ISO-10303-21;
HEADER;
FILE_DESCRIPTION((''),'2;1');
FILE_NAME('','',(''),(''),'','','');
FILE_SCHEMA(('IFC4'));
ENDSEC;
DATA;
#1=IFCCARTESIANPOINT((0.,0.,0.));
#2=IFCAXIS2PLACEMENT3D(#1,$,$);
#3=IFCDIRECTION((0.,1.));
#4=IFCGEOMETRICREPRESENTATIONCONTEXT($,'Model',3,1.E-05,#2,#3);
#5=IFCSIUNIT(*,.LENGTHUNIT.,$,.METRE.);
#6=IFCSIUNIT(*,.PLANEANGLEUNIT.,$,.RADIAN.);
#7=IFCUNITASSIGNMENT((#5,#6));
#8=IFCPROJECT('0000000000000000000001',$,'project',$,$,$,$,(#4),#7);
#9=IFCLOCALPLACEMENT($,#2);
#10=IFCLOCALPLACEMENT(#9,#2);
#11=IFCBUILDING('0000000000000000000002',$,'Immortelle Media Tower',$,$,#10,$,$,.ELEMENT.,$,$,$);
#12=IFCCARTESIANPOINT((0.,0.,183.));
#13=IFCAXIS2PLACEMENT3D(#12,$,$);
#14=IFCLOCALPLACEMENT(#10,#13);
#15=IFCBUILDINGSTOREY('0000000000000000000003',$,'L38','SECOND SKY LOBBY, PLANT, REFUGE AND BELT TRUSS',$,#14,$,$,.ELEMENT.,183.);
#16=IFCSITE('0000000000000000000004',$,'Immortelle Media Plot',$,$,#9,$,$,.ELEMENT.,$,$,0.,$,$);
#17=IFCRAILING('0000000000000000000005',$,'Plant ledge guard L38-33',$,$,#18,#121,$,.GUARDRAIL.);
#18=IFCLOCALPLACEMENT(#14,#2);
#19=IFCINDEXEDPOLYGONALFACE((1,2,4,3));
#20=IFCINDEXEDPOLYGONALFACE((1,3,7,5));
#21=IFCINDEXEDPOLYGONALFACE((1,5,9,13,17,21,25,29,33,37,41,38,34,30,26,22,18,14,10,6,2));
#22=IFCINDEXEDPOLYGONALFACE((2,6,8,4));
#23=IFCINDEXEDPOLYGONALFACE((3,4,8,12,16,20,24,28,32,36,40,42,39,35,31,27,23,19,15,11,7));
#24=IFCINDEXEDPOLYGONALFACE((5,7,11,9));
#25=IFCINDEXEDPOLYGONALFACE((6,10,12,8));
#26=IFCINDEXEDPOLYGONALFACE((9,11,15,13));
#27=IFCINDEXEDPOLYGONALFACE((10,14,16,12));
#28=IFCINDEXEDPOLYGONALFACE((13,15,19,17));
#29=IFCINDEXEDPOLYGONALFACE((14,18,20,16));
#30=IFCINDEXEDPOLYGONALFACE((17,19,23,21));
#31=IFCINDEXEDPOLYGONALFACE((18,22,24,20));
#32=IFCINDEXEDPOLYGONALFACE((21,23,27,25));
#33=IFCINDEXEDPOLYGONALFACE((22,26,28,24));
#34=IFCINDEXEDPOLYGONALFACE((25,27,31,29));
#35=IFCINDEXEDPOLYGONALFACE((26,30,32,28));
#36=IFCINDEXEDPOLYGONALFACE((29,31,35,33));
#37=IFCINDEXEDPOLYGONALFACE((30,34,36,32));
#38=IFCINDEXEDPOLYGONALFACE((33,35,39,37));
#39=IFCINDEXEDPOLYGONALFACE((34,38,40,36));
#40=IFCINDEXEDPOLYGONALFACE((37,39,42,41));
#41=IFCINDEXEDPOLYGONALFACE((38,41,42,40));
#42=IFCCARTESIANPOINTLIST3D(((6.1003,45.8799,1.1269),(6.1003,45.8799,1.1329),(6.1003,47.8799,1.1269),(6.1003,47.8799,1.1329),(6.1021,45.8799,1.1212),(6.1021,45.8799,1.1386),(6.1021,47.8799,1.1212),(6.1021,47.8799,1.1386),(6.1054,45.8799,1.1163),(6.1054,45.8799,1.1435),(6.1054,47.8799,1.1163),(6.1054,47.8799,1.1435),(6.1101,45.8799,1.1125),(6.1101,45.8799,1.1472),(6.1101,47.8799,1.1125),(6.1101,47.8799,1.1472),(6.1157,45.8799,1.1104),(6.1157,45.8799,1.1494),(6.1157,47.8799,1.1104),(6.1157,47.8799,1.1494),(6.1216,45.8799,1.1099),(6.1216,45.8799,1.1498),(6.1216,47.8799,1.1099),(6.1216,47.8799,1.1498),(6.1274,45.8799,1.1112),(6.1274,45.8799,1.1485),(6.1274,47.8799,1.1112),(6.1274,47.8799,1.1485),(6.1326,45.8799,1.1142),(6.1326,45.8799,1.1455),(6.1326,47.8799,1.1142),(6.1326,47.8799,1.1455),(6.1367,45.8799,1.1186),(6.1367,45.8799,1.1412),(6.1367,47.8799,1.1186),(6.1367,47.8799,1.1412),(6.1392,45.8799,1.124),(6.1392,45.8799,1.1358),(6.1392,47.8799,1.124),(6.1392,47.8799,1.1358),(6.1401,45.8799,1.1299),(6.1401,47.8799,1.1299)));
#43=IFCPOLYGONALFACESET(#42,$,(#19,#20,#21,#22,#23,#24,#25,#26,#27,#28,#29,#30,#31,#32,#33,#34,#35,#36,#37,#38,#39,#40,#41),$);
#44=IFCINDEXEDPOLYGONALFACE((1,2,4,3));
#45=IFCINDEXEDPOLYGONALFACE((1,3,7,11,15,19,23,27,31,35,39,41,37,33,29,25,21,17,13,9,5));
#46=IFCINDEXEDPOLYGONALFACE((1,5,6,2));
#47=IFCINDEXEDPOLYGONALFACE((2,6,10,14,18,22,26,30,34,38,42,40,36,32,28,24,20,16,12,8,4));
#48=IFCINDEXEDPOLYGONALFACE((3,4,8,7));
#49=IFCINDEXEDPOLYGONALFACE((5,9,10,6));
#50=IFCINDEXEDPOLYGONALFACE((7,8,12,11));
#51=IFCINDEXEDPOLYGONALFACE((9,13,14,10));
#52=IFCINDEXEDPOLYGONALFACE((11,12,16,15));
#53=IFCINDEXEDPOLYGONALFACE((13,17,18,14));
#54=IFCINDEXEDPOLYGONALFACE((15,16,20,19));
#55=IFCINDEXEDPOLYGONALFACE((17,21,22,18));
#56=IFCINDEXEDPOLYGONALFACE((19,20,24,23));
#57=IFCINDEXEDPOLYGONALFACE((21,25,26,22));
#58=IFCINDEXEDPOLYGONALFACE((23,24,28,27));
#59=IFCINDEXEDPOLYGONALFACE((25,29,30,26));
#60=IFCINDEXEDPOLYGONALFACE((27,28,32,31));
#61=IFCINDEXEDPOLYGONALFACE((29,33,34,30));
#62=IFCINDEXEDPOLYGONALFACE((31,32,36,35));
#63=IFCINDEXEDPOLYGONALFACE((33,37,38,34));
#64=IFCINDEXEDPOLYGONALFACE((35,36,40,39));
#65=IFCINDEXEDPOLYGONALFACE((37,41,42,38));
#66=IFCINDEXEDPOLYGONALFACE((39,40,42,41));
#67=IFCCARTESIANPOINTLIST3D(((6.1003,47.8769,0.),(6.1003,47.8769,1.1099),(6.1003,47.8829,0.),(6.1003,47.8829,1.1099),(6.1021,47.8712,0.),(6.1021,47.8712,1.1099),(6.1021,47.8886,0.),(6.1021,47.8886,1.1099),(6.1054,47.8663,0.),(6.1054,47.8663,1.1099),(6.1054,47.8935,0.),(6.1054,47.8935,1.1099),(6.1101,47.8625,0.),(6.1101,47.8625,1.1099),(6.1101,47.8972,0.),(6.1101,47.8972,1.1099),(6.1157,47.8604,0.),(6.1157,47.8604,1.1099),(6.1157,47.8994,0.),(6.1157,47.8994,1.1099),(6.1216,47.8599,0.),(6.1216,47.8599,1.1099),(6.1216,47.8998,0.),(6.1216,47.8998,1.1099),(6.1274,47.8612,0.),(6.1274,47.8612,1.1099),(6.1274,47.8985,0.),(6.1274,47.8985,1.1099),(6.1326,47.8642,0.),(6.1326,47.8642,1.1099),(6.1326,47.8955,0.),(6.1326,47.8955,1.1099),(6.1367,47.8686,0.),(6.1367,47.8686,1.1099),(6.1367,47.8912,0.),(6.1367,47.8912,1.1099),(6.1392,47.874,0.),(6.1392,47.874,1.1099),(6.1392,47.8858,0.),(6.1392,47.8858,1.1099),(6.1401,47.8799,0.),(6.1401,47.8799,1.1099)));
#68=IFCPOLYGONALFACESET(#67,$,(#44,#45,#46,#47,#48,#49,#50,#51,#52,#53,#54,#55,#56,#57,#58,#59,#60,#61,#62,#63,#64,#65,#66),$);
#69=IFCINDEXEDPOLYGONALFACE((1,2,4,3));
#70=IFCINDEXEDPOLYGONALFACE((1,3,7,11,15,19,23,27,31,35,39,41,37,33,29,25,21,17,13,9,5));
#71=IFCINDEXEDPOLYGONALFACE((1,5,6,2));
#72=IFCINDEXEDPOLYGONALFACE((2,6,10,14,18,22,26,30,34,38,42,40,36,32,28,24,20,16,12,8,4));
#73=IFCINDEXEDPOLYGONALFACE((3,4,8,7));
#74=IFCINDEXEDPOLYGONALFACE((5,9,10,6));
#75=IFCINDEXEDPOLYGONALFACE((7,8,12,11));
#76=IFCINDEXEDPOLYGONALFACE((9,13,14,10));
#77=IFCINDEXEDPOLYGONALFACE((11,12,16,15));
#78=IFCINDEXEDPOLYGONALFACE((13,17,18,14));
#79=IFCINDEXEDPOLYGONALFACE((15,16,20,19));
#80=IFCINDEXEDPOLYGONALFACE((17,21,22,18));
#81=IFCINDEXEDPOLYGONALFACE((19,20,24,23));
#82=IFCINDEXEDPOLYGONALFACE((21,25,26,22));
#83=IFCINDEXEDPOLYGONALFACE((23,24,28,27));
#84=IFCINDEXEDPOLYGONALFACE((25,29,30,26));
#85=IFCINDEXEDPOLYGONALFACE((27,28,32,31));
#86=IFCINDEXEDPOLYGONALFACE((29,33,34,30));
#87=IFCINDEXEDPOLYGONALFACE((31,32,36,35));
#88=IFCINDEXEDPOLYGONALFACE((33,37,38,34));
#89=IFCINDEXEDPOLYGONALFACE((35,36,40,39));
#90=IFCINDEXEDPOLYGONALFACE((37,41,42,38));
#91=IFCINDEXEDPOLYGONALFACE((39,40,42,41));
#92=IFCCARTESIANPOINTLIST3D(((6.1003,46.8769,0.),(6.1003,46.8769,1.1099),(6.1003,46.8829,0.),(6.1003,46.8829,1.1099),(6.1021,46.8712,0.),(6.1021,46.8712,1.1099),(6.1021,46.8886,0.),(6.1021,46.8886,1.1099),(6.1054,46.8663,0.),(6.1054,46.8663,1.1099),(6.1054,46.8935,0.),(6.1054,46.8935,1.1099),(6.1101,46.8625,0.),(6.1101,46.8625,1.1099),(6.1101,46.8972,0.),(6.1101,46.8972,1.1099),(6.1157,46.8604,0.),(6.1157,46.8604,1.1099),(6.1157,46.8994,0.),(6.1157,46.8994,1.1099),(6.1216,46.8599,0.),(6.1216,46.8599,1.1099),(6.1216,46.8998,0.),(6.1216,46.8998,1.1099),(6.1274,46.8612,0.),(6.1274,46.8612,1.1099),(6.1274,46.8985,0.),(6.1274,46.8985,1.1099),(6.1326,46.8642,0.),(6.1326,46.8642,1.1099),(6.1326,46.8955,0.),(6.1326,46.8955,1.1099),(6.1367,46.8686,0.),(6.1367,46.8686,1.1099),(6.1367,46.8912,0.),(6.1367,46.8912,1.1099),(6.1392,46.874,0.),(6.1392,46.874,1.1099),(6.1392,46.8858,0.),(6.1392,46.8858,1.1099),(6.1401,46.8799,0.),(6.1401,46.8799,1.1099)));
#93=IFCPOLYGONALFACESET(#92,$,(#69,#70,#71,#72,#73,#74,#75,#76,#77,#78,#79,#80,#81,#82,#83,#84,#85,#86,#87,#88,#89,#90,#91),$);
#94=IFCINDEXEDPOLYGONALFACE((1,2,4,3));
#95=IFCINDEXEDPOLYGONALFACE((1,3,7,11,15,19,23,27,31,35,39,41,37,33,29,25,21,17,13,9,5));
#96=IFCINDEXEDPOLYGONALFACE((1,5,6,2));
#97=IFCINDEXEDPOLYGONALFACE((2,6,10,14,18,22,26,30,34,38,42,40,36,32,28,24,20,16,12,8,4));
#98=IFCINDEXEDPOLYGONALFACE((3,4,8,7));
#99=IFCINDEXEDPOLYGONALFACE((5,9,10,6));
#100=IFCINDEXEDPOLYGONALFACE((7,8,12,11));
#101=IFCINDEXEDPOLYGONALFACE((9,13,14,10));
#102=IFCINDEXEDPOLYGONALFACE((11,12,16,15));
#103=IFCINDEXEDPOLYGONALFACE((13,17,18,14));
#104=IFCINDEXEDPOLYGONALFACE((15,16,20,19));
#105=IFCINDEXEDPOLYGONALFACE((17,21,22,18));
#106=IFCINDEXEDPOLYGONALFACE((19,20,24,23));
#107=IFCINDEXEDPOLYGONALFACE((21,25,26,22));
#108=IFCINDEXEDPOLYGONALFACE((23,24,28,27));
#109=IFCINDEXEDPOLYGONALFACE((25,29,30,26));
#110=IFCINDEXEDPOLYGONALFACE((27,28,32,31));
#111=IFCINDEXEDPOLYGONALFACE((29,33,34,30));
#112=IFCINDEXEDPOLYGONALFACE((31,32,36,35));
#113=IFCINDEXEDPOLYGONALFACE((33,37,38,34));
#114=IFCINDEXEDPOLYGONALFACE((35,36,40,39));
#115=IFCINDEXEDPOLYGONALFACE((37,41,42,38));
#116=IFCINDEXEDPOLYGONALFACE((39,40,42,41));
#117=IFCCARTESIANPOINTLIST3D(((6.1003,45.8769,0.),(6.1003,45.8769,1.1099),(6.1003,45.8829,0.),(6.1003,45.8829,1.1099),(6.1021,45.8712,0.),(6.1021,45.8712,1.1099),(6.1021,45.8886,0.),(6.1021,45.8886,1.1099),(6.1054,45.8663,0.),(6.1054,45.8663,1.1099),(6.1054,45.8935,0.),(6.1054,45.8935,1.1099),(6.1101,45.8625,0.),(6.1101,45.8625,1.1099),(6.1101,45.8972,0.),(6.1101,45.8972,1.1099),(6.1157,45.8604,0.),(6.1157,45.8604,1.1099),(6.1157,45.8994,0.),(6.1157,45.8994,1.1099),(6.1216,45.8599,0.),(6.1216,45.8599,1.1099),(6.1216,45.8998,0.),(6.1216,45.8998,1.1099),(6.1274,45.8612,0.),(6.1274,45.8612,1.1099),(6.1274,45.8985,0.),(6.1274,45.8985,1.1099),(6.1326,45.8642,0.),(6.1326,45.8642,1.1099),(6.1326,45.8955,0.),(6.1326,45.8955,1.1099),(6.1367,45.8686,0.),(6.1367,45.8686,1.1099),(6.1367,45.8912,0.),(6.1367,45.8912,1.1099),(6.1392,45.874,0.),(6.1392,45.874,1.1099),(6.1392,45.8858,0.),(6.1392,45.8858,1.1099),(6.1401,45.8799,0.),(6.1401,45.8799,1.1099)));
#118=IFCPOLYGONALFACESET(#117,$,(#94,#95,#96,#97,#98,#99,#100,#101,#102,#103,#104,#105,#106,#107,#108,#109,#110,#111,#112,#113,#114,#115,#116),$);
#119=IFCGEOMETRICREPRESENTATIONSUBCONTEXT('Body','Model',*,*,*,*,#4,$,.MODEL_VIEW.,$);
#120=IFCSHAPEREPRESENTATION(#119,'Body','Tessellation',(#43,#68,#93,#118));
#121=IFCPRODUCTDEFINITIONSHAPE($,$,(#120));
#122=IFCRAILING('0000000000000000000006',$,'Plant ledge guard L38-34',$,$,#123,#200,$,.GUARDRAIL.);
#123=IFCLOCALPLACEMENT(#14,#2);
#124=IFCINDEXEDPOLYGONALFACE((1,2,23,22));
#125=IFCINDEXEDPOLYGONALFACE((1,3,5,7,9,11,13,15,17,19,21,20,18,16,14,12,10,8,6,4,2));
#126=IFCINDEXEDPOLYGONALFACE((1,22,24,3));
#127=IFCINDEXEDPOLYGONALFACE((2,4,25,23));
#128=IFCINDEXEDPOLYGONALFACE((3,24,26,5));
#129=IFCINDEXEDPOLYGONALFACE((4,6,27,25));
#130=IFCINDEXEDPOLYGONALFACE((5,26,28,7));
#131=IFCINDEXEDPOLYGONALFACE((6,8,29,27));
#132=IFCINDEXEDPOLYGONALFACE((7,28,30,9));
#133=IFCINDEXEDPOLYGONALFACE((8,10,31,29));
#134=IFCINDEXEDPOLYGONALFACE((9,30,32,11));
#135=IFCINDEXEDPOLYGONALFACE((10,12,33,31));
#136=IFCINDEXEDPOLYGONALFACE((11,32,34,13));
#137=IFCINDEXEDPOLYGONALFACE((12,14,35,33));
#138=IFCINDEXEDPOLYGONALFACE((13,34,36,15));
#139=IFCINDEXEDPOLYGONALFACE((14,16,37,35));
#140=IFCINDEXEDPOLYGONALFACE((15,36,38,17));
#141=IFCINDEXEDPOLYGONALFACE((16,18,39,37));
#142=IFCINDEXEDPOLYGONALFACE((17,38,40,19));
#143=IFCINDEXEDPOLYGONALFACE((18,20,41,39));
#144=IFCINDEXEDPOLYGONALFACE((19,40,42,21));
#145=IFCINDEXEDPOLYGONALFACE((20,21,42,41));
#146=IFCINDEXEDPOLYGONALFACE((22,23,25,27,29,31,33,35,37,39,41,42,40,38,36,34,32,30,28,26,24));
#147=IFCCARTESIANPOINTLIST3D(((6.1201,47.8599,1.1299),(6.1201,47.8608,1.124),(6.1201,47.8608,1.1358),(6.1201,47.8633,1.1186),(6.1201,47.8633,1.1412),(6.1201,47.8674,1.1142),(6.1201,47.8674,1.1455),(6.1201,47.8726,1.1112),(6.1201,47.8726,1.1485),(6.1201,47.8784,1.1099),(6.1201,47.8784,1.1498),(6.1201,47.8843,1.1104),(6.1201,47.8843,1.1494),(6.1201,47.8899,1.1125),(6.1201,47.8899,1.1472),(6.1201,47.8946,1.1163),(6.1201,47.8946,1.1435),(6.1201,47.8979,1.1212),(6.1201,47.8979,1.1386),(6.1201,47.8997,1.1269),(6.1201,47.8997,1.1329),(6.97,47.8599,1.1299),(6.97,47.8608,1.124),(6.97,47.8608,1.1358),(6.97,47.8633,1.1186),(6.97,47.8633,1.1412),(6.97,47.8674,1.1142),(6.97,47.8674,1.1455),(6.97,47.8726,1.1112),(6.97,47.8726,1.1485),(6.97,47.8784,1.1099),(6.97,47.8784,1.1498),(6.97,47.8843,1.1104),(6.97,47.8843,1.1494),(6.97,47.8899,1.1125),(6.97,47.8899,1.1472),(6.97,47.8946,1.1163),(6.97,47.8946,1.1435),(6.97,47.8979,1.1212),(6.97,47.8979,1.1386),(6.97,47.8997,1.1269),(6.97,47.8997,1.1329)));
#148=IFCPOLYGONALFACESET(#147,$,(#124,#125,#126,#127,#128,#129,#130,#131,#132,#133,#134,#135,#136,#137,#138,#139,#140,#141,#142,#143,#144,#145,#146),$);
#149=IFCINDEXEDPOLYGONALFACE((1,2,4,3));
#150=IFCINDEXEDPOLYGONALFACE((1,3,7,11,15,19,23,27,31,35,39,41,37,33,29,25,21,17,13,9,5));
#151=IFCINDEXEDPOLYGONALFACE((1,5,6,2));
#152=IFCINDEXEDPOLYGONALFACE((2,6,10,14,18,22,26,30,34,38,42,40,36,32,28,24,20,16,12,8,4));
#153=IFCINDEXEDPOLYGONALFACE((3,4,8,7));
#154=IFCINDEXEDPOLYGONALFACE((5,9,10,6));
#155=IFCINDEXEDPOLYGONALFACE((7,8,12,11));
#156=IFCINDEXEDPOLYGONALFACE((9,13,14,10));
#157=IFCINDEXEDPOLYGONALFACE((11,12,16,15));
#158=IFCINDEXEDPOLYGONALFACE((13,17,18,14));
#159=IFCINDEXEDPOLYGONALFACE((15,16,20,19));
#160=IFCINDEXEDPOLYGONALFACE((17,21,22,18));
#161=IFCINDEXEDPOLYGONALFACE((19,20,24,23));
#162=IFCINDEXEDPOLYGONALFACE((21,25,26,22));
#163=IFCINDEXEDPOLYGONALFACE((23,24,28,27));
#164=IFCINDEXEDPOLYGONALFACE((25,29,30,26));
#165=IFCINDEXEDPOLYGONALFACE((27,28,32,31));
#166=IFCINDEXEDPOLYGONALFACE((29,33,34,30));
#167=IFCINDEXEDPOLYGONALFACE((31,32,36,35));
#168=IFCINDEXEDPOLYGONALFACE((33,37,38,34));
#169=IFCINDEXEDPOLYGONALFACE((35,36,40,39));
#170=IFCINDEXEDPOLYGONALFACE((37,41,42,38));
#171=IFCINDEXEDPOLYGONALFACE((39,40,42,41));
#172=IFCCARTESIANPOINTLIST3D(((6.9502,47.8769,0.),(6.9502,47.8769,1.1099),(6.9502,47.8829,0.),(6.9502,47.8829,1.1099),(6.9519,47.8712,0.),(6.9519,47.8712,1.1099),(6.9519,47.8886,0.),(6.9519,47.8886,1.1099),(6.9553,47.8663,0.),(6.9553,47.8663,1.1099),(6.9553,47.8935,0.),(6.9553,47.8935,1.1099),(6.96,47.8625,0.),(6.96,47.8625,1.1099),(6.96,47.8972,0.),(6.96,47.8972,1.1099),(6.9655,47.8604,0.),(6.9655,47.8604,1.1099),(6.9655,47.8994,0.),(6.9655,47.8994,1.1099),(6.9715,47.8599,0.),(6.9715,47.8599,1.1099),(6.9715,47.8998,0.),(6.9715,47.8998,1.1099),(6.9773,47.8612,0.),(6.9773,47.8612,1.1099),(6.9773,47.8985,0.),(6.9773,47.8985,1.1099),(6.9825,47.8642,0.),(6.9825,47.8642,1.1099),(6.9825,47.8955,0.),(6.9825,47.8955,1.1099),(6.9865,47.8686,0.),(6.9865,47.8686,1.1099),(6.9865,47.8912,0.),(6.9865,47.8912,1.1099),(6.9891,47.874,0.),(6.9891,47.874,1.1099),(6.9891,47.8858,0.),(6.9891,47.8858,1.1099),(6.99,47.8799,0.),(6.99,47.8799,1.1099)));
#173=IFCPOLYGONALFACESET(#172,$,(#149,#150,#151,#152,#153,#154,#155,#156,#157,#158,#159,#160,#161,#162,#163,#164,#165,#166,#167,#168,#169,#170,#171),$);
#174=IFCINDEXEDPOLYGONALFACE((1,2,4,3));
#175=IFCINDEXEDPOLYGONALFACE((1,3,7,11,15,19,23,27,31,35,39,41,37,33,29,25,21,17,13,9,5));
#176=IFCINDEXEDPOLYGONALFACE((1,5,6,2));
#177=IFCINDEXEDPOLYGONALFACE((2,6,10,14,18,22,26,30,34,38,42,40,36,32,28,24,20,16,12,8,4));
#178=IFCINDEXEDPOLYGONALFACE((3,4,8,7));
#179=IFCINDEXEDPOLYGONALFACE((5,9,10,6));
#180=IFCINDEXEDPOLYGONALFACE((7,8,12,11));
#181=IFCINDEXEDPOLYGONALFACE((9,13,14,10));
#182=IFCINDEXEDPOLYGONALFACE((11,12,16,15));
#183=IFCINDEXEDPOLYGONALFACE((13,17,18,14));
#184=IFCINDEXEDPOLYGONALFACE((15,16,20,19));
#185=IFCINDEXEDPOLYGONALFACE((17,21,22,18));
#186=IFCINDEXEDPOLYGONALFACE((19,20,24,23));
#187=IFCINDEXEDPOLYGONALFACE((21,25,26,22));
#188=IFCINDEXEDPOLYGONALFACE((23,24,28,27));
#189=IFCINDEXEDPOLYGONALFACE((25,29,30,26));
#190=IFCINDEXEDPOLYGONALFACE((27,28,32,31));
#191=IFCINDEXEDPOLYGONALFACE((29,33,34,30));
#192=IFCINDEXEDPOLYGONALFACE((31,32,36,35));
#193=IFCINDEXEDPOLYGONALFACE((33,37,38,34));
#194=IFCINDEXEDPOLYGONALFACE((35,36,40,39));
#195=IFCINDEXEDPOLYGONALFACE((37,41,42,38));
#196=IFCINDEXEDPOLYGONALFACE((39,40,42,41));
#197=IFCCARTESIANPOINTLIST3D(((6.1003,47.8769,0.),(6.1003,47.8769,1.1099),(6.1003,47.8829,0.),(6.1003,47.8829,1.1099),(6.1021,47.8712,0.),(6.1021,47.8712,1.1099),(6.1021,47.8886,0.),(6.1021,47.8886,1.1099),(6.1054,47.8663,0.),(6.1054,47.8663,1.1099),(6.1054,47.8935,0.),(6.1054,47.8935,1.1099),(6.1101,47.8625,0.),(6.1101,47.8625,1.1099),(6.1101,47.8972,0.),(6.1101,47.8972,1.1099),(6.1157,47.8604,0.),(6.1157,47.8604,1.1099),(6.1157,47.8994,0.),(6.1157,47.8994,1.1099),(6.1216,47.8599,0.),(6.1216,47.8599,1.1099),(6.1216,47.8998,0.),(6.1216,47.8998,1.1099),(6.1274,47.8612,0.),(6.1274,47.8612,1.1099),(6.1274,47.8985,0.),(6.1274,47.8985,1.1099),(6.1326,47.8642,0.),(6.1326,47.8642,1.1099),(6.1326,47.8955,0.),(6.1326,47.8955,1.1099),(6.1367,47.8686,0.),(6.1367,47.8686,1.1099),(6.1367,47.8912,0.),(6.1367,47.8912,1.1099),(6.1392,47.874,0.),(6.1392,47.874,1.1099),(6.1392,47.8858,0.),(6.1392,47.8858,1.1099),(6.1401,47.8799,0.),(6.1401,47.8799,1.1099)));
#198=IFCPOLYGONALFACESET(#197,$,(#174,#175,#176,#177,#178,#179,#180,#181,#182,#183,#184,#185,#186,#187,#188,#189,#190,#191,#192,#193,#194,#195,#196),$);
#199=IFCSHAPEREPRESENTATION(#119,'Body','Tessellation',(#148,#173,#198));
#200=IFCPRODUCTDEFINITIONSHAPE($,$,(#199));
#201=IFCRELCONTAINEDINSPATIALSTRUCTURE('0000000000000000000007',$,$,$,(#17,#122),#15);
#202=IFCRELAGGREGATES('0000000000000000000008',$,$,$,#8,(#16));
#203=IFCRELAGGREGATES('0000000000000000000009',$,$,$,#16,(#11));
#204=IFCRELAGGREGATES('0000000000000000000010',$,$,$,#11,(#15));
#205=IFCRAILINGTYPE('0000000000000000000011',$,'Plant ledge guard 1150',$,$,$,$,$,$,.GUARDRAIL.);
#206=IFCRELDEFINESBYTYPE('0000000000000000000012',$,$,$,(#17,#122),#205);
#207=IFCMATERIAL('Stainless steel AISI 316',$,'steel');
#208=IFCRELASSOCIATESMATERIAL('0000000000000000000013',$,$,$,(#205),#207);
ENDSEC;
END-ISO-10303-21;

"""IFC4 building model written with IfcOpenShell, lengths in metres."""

from ifc_helpers import new_model, si_unit, direction, frame, origin, origin_2d, place, context, subcontext, project, spatial, circle, extrude, material, type_object, element, save


model = new_model("IFC4")

# Units and contexts
model_context = context("Model", 3, precision=1e-05, world=origin(), true_north=direction((0.0, 1.0)))
body_context = subcontext(model_context, "Body", "Model", "MODEL_VIEW")
ifc_project = project(units=[si_unit("LENGTHUNIT", "METRE"), si_unit("PLANEANGLEUNIT", "RADIAN")], contexts=[model_context])

# Site, building, storey
site_placement = place(None, origin())
site = spatial("IfcSite", under=ifc_project, at=site_placement, Name="Immortelle Media Plot", CompositionType="ELEMENT", RefElevation=0.0)
building_placement = place(site_placement, origin())
building = spatial("IfcBuilding", under=site, at=building_placement, Name="Immortelle Media Tower", CompositionType="ELEMENT")
storey_placement = place(building_placement, frame((0.0, 0.0, 183.0)))
storey = spatial("IfcBuildingStorey", under=building, at=storey_placement, Name="L38", Description="SECOND SKY LOBBY, PLANT, REFUGE AND BELT TRUSS", CompositionType="ELEMENT", Elevation=183.0)

# Railings
ifc_material_1 = material(Name="Stainless steel AISI 316", Category="steel")
railing_type = type_object("IfcRailingType", Name="Plant ledge guard 1150", PredefinedType="GUARDRAIL", material=ifc_material_1)
railing_1_placement = place(storey_placement, frame((6.1201, 47.8799, 0.0)))
element("IfcRailing", 1, at=railing_1_placement, inside=storey, type_object=railing_type, Name="Plant ledge guard L38-33", PredefinedType="GUARDRAIL", context=body_context, shape_type="SweptSolid", body=[
    extrude(circle(Radius=0.02, at=origin_2d()), frame((0.0, 0.0, 1.1299), z_axis=(0.0, -1.0, 0.0), x_axis=(1.0, 0.0, 0.0)), (0.0, 0.0, 1.0), 2.0),
    extrude(circle(Radius=0.02, at=origin_2d()), origin(), (0.0, 0.0, 1.0), 1.1099),
    extrude(circle(Radius=0.02, at=origin_2d()), frame((0.0, -1.0, 0.0)), (0.0, 0.0, 1.0), 1.1099),
    extrude(circle(Radius=0.02, at=origin_2d()), frame((0.0, -2.0, 0.0)), (0.0, 0.0, 1.0), 1.1099),
])
railing_2_placement = place(storey_placement, frame((6.97, 47.8799, 0.0)))
element("IfcRailing", 2, at=railing_2_placement, inside=storey, type_object=railing_type, Name="Plant ledge guard L38-34", PredefinedType="GUARDRAIL", context=body_context, shape_type="SweptSolid", body=[
    extrude(circle(Radius=0.02, at=origin_2d()), frame((0.0, 0.0, 1.1299), z_axis=(-1.0, 0.0, 0.0), x_axis=(0.0, -1.0, 0.0)), (0.0, 0.0, 1.0), 0.8499),
    extrude(circle(Radius=0.02, at=origin_2d()), origin(), (0.0, 0.0, 1.0), 1.1099),
    extrude(circle(Radius=0.02, at=origin_2d()), frame((-0.8499, 0.0, 0.0)), (0.0, 0.0, 1.0), 1.1099),
])

save(model, "model.ifc")
